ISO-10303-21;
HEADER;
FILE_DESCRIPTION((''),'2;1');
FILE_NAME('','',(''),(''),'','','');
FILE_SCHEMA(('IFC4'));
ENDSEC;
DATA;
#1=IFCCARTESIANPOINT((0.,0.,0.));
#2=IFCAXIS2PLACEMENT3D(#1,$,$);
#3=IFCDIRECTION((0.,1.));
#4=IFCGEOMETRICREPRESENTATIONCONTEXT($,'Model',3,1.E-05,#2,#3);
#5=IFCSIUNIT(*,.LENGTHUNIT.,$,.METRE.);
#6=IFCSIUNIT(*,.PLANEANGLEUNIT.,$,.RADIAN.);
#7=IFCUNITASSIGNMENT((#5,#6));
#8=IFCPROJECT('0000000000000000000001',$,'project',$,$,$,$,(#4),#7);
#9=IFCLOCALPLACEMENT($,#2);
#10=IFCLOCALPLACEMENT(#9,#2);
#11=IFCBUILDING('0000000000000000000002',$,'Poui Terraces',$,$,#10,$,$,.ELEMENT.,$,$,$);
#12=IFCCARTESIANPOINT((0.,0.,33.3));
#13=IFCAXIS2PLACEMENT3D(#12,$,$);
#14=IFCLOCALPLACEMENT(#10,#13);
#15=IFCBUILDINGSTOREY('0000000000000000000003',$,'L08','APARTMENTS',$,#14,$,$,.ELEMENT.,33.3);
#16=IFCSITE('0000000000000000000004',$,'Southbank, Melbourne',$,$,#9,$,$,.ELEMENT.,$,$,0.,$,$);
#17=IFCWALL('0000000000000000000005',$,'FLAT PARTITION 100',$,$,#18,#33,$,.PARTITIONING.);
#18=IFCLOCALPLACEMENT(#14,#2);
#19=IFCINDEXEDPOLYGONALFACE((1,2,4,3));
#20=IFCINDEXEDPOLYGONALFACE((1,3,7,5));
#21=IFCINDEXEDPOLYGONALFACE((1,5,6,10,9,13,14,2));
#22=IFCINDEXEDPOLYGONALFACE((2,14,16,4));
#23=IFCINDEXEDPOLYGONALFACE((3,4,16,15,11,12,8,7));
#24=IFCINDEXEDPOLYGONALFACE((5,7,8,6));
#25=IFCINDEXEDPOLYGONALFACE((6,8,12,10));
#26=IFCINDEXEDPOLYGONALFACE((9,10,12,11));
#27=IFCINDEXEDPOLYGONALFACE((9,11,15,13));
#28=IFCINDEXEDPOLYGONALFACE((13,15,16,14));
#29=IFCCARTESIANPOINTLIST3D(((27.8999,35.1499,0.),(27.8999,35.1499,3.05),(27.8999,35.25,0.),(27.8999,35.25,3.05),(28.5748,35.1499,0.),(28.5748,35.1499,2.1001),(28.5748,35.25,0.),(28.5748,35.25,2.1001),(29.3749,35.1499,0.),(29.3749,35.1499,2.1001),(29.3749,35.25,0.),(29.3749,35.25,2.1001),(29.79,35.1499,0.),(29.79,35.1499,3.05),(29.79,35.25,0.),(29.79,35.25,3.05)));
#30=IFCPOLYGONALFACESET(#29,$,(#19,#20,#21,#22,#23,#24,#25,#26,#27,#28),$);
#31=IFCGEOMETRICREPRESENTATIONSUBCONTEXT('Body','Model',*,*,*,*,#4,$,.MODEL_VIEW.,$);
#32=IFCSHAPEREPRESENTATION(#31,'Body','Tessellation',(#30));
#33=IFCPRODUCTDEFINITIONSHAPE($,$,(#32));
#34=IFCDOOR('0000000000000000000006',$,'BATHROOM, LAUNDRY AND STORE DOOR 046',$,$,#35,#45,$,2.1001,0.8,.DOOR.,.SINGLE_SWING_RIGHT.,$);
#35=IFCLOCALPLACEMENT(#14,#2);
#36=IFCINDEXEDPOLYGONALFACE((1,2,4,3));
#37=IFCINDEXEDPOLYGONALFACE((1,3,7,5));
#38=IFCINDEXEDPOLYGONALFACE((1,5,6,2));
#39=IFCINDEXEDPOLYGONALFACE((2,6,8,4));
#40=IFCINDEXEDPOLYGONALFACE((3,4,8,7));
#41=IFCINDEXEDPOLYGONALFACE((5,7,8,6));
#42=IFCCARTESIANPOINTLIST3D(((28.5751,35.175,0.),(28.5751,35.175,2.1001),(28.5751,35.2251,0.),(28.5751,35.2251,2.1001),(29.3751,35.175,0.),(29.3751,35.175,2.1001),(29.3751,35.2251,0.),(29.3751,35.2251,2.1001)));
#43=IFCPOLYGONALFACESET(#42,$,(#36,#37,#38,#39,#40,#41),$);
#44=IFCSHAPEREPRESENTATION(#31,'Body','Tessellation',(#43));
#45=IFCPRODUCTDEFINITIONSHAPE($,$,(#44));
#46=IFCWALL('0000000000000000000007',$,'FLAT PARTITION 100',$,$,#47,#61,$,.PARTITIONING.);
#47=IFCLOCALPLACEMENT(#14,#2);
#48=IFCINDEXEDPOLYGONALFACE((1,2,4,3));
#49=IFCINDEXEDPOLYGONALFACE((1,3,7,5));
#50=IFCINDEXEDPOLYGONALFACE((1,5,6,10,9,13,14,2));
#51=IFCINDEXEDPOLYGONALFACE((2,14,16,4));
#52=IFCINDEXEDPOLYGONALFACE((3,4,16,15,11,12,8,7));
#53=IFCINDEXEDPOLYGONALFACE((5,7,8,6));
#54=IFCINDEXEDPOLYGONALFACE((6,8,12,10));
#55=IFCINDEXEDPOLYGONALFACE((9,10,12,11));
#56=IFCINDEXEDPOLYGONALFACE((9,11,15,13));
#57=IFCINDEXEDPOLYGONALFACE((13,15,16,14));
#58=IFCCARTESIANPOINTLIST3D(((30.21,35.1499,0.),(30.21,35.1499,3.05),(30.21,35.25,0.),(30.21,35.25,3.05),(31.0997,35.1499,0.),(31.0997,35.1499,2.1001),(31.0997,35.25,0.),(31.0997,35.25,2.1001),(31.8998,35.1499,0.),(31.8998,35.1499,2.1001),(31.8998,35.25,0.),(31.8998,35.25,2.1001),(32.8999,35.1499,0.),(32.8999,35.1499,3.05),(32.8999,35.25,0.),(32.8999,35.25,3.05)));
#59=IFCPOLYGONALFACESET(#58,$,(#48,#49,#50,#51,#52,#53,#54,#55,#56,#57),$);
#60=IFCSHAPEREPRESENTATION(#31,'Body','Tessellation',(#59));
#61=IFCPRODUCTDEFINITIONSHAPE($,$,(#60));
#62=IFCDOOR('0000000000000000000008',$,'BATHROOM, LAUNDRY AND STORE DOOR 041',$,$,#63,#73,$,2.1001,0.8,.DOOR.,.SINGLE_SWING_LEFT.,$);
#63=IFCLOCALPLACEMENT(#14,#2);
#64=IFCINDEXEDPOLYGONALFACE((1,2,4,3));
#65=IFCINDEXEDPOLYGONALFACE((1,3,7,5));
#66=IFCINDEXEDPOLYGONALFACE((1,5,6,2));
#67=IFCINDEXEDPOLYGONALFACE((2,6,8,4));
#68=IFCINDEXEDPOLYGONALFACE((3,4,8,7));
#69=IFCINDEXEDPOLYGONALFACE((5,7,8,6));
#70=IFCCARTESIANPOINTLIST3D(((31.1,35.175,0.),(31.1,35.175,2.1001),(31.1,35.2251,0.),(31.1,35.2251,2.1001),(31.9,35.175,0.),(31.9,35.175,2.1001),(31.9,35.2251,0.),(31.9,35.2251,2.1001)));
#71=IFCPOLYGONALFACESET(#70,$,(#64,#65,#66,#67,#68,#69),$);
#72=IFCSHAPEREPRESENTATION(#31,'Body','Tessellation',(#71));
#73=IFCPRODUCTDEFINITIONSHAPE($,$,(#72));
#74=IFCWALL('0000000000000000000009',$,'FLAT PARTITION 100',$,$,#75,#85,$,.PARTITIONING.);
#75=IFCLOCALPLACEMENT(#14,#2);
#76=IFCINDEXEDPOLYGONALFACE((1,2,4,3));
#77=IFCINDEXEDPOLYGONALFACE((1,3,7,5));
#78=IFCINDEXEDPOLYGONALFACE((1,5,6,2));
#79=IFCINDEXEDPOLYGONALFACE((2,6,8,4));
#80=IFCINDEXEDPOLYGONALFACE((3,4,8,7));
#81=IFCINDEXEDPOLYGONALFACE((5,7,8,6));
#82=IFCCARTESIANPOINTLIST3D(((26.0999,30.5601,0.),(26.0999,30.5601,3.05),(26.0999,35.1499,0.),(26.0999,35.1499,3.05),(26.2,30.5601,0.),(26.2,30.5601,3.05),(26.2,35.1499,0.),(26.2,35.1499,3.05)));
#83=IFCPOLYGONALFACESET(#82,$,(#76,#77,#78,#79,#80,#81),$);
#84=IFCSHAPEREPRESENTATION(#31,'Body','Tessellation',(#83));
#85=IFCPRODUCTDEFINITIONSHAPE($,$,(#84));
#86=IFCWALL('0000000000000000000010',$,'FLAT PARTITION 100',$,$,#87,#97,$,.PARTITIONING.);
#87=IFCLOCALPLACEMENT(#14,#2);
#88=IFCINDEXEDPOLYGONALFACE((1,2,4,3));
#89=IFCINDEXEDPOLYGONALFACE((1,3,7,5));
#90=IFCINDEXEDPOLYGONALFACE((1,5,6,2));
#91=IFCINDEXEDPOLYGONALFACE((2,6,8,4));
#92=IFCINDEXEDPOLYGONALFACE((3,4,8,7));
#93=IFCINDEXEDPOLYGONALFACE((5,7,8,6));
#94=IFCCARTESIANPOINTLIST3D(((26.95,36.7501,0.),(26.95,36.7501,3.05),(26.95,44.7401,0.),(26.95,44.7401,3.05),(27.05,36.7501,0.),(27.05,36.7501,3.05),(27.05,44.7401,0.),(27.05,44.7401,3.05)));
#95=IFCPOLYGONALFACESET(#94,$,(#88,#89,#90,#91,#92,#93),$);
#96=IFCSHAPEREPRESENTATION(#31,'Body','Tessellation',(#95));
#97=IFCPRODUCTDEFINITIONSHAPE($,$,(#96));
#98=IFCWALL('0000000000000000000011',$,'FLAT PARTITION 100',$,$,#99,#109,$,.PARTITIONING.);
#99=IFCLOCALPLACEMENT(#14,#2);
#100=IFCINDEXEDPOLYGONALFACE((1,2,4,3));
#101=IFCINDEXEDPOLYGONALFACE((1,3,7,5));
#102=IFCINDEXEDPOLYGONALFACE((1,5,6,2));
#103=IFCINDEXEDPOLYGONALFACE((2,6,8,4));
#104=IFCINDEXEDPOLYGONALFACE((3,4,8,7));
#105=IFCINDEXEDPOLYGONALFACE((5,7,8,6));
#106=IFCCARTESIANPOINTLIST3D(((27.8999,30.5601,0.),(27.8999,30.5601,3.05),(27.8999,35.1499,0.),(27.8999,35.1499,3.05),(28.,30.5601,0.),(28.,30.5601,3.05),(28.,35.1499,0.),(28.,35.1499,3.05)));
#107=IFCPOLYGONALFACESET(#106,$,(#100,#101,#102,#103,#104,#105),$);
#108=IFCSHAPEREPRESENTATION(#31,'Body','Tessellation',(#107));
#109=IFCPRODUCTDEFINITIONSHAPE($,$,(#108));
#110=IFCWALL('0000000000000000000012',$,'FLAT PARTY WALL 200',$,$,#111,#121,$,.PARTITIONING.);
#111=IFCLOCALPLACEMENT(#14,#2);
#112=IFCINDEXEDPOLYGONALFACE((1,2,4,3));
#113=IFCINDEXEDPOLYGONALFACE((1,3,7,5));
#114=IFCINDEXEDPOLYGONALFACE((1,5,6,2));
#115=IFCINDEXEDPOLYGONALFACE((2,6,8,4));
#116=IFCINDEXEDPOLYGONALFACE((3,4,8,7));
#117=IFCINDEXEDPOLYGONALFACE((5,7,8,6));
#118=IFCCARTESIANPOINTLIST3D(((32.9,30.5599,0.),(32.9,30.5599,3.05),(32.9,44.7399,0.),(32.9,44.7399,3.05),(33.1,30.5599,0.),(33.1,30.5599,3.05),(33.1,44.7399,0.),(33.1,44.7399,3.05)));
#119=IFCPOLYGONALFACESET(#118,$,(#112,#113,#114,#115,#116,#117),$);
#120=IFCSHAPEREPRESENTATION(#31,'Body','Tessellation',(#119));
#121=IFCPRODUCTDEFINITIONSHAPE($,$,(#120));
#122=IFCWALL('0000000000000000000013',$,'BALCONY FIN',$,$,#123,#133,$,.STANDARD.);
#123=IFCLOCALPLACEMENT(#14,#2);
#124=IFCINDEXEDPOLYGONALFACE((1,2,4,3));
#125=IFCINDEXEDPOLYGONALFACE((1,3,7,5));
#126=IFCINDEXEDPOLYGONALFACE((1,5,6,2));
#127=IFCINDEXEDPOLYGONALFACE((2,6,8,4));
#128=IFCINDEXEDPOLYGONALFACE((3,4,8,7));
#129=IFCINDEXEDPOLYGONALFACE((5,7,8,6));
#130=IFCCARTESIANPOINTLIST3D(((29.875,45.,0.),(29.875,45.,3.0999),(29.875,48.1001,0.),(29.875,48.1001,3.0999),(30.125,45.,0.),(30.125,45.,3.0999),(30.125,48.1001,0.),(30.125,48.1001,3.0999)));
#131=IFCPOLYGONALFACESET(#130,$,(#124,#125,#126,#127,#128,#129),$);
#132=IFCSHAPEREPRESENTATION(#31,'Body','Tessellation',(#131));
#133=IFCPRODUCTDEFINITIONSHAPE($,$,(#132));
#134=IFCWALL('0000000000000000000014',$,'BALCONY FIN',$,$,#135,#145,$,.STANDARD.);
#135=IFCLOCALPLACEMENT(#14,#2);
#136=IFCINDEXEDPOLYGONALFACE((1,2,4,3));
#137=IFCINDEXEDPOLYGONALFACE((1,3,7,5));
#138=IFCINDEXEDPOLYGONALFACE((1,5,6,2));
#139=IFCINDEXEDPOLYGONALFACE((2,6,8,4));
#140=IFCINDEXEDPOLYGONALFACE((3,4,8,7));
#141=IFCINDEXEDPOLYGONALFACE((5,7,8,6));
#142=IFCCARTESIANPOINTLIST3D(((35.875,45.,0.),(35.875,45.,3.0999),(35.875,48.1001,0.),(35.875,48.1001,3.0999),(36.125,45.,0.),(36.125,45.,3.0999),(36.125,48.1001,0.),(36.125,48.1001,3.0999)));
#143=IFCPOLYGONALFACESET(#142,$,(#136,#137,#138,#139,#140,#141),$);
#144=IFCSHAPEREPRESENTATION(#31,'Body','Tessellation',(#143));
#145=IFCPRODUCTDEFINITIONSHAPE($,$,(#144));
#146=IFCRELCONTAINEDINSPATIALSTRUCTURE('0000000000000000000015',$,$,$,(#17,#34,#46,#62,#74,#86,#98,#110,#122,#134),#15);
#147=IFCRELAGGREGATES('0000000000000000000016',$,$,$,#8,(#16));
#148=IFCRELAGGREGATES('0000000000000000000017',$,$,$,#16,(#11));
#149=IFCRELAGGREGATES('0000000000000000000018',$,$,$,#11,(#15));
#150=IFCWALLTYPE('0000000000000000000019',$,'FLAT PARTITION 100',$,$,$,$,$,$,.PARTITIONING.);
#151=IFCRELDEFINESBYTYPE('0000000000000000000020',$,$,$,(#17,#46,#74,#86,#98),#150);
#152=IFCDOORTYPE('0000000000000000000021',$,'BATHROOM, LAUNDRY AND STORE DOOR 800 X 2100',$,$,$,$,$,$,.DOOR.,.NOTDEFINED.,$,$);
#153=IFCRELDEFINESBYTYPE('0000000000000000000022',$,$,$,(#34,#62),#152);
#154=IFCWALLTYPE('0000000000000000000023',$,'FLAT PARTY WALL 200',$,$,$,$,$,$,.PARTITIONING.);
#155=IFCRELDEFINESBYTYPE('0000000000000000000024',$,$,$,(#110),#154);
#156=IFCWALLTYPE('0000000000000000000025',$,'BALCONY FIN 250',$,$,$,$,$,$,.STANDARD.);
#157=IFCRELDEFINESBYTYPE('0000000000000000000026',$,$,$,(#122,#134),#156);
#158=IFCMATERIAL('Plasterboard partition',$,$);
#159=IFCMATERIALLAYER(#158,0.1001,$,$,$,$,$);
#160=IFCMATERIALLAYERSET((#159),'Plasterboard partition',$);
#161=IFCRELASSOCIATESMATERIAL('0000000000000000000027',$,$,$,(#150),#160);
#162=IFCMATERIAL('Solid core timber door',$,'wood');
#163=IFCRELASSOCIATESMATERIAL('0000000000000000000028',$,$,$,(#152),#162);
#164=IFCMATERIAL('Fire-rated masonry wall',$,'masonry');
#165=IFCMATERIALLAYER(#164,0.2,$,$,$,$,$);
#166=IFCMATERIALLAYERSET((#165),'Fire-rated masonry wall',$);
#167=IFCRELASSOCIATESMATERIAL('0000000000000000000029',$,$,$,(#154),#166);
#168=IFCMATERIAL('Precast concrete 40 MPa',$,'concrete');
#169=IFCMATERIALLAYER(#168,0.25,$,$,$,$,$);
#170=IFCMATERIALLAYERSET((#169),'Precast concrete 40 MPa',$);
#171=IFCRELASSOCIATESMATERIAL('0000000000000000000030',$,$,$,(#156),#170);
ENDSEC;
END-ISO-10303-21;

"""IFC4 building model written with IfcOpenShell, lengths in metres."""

from ifc_helpers import new_model, si_unit, direction, frame, frame_2d, origin, place, context, subcontext, project, spatial, polyline, rectangle, outline, extrude, source, transform, mapped, material, layer, layer_set, type_object, element, fill, save


model = new_model("IFC4")

# Units and contexts
model_context = context("Model", 3, precision=1e-05, world=origin(), true_north=direction((0.0, 1.0)))
body_context = subcontext(model_context, "Body", "Model", "MODEL_VIEW")
ifc_project = project(units=[si_unit("LENGTHUNIT", "METRE"), si_unit("PLANEANGLEUNIT", "RADIAN")], contexts=[model_context])

# Site, building, storey
site_placement = place(None, origin())
site = spatial("IfcSite", under=ifc_project, at=site_placement, Name="Southbank, Melbourne", CompositionType="ELEMENT", RefElevation=0.0)
building_placement = place(site_placement, origin())
building = spatial("IfcBuilding", under=site, at=building_placement, Name="Poui Terraces", CompositionType="ELEMENT")
storey_placement = place(building_placement, frame((0.0, 0.0, 33.3)))
storey = spatial("IfcBuildingStorey", under=building, at=storey_placement, Name="L08", Description="APARTMENTS", CompositionType="ELEMENT", Elevation=33.3)

# Walls, openings, doors
ifc_material_1 = material(Name="Solid core timber door", Category="wood")
ifc_material_2 = material(Name="Plasterboard partition")
ifc_layer_1 = layer(ifc_material_2, 0.1001)
ifc_layer_set_1 = layer_set([ifc_layer_1], Name="Plasterboard partition")
wall_type_1 = type_object("IfcWallType", Name="FLAT PARTITION 100", PredefinedType="PARTITIONING", material=ifc_layer_set_1)
door_type_1 = type_object("IfcDoorType", Name="BATHROOM, LAUNDRY AND STORE DOOR 800 X 2100", OperationType="NOTDEFINED", PredefinedType="DOOR", material=ifc_material_1)
wall_1_placement = place(storey_placement, frame((27.8999, 35.2, 0.0), z_axis=(0.0, 0.0, 1.0), x_axis=(1.0, 0.0, 0.0)))
wall_1 = element("IfcWall", 1, at=wall_1_placement, inside=storey, type_object=wall_type_1, Name="FLAT PARTITION 100", PredefinedType="PARTITIONING", context=body_context, shape_type="SweptSolid", body=[
    extrude(rectangle(XDim=1.8901, YDim=0.1001, at=frame_2d((0.9451, 0.0))), origin(), (0.0, 0.0, 1.0), 3.05),
])
opening_1_placement = place(wall_1_placement, frame((0.675, 0.0, 0.0)))
opening_1 = element("IfcOpeningElement", 2, at=opening_1_placement, cuts=wall_1, PredefinedType="OPENING", context=body_context, shape_type="SweptSolid", body=[
    extrude(rectangle(XDim=0.8, YDim=2.1001, at=frame_2d((0.3999, 1.05))), frame((0.0, 0.0601, 0.0), z_axis=(0.0, -1.0, 0.0), x_axis=(1.0, 0.0, 0.0)), (0.0, 0.0, 1.0), 0.1201),
])
door_1_placement = place(opening_1_placement, frame((0.8, 0.0, 0.0), z_axis=(0.0, 0.0, 1.0), x_axis=(-1.0, 0.0, 0.0)))
door_1 = element("IfcDoor", 3, at=door_1_placement, inside=storey, type_object=door_type_1, Name="BATHROOM, LAUNDRY AND STORE DOOR 046", OperationType="SINGLE_SWING_RIGHT", OverallHeight=2.1001, OverallWidth=0.8, PredefinedType="DOOR", context=body_context, shape_type="SweptSolid", body=[
    extrude(rectangle(XDim=0.8, YDim=2.1001, at=frame_2d((0.3999, 1.05))), frame((0.0, 0.0249, 0.0), z_axis=(0.0, -1.0, 0.0), x_axis=(1.0, 0.0, 0.0)), (0.0, 0.0, 1.0), 0.05),
])
fill(opening_1, door_1)
wall_2_placement = place(storey_placement, frame((30.21, 35.2, 0.0), z_axis=(0.0, 0.0, 1.0), x_axis=(1.0, 0.0, 0.0)))
wall_2 = element("IfcWall", 4, at=wall_2_placement, inside=storey, type_object=wall_type_1, Name="FLAT PARTITION 100", PredefinedType="PARTITIONING", context=body_context, shape_type="SweptSolid", body=[
    extrude(rectangle(XDim=2.6899, YDim=0.1001, at=frame_2d((1.345, 0.0))), origin(), (0.0, 0.0, 1.0), 3.05),
])
opening_2_placement = place(wall_2_placement, frame((0.8899, 0.0, 0.0)))
opening_2 = element("IfcOpeningElement", 5, at=opening_2_placement, cuts=wall_2, PredefinedType="OPENING", context=body_context, shape_type="SweptSolid", body=[
    extrude(rectangle(XDim=0.8, YDim=2.1001, at=frame_2d((0.3999, 1.05))), frame((0.0, 0.0601, 0.0), z_axis=(0.0, -1.0, 0.0), x_axis=(1.0, 0.0, 0.0)), (0.0, 0.0, 1.0), 0.1201),
])
door_2_placement = place(opening_2_placement, frame((0.8, 0.0, 0.0), z_axis=(0.0, 0.0, 1.0), x_axis=(-1.0, 0.0, 0.0)))
door_2 = element("IfcDoor", 6, at=door_2_placement, inside=storey, type_object=door_type_1, Name="BATHROOM, LAUNDRY AND STORE DOOR 041", OperationType="SINGLE_SWING_LEFT", OverallHeight=2.1001, OverallWidth=0.8, PredefinedType="DOOR", context=body_context, shape_type="SweptSolid", body=[
    extrude(rectangle(XDim=0.8, YDim=2.1001, at=frame_2d((0.3999, 1.05))), frame((0.0, 0.0249, 0.0), z_axis=(0.0, -1.0, 0.0), x_axis=(1.0, 0.0, 0.0)), (0.0, 0.0, 1.0), 0.05),
])
fill(opening_2, door_2)

# Walls
wall_3_placement = place(storey_placement, frame((26.1499, 30.5601, 0.0), z_axis=(0.0, 0.0, 1.0), x_axis=(0.0, 1.0, 0.0)))
element("IfcWall", 7, at=wall_3_placement, inside=storey, type_object=wall_type_1, Name="FLAT PARTITION 100", PredefinedType="PARTITIONING", context=body_context, shape_type="SweptSolid", body=[
    extrude(rectangle(XDim=4.5898, YDim=0.1001, at=frame_2d((2.2949, 0.0))), origin(), (0.0, 0.0, 1.0), 3.05),
])
wall_4_placement = place(storey_placement, frame((27.0, 36.75, 0.0), z_axis=(0.0, 0.0, 1.0), x_axis=(0.0, 1.0, 0.0)))
element("IfcWall", 8, at=wall_4_placement, inside=storey, type_object=wall_type_1, Name="FLAT PARTITION 100", PredefinedType="PARTITIONING", context=body_context, shape_type="SweptSolid", body=[
    extrude(rectangle(XDim=7.99, YDim=0.1001, at=frame_2d((3.9951, 0.0))), origin(), (0.0, 0.0, 1.0), 3.05),
])
wall_5_placement = place(storey_placement, frame((27.95, 30.5601, 0.0), z_axis=(0.0, 0.0, 1.0), x_axis=(0.0, 1.0, 0.0)))
element("IfcWall", 9, at=wall_5_placement, inside=storey, type_object=wall_type_1, Name="FLAT PARTITION 100", PredefinedType="PARTITIONING", context=body_context, shape_type="SweptSolid", body=[
    extrude(rectangle(XDim=4.5898, YDim=0.1001, at=frame_2d((2.2949, 0.0))), origin(), (0.0, 0.0, 1.0), 3.05),
])
ifc_material_3 = material(Name="Fire-rated masonry wall", Category="masonry")
ifc_layer_2 = layer(ifc_material_3, 0.2)
ifc_layer_set_2 = layer_set([ifc_layer_2], Name="Fire-rated masonry wall")
wall_type_2 = type_object("IfcWallType", Name="FLAT PARTY WALL 200", PredefinedType="PARTITIONING", material=ifc_layer_set_2)
wall_6_placement = place(storey_placement, frame((33.0, 30.5601, 0.0), z_axis=(0.0, 0.0, 1.0), x_axis=(0.0, 1.0, 0.0)))
element("IfcWall", 10, at=wall_6_placement, inside=storey, type_object=wall_type_2, Name="FLAT PARTY WALL 200", PredefinedType="PARTITIONING", context=body_context, shape_type="SweptSolid", body=[
    extrude(rectangle(XDim=14.1799, YDim=0.2, at=frame_2d((7.0898, 0.0))), origin(), (0.0, 0.0, 1.0), 3.05),
])
ifc_material_4 = material(Name="Precast concrete 40 MPa", Category="concrete")
ifc_layer_3 = layer(ifc_material_4, 0.25)
ifc_layer_set_3 = layer_set([ifc_layer_3], Name="Precast concrete 40 MPa")
wall_type_3 = type_object("IfcWallType", Name="BALCONY FIN 250", PredefinedType="STANDARD", material=ifc_layer_set_3)
shared_shape_1 = source(origin(), body_context, "Body", "SweptSolid", [
    extrude(outline(polyline([(0.0, 0.0), (0.25, 0.0), (0.25, 3.1001), (0.0, 3.1001), (0.0, 0.0)])), origin(), (0.0, 0.0, 1.0), 3.0999),
])
for number, where, name in (
    (11, (29.875, 45.0, 0.0), "BALCONY FIN"),
    (12, (35.875, 45.0, 0.0), "BALCONY FIN"),
):
    element("IfcWall", number, at=place(storey_placement, frame(where)), inside=storey, type_object=wall_type_3, Name=name, PredefinedType="STANDARD", context=body_context, shape_type="MappedRepresentation", body=[
        mapped(shared_shape_1, transform((0.0, 0.0, 0.0))),
    ])

save(model, "model.ifc")
